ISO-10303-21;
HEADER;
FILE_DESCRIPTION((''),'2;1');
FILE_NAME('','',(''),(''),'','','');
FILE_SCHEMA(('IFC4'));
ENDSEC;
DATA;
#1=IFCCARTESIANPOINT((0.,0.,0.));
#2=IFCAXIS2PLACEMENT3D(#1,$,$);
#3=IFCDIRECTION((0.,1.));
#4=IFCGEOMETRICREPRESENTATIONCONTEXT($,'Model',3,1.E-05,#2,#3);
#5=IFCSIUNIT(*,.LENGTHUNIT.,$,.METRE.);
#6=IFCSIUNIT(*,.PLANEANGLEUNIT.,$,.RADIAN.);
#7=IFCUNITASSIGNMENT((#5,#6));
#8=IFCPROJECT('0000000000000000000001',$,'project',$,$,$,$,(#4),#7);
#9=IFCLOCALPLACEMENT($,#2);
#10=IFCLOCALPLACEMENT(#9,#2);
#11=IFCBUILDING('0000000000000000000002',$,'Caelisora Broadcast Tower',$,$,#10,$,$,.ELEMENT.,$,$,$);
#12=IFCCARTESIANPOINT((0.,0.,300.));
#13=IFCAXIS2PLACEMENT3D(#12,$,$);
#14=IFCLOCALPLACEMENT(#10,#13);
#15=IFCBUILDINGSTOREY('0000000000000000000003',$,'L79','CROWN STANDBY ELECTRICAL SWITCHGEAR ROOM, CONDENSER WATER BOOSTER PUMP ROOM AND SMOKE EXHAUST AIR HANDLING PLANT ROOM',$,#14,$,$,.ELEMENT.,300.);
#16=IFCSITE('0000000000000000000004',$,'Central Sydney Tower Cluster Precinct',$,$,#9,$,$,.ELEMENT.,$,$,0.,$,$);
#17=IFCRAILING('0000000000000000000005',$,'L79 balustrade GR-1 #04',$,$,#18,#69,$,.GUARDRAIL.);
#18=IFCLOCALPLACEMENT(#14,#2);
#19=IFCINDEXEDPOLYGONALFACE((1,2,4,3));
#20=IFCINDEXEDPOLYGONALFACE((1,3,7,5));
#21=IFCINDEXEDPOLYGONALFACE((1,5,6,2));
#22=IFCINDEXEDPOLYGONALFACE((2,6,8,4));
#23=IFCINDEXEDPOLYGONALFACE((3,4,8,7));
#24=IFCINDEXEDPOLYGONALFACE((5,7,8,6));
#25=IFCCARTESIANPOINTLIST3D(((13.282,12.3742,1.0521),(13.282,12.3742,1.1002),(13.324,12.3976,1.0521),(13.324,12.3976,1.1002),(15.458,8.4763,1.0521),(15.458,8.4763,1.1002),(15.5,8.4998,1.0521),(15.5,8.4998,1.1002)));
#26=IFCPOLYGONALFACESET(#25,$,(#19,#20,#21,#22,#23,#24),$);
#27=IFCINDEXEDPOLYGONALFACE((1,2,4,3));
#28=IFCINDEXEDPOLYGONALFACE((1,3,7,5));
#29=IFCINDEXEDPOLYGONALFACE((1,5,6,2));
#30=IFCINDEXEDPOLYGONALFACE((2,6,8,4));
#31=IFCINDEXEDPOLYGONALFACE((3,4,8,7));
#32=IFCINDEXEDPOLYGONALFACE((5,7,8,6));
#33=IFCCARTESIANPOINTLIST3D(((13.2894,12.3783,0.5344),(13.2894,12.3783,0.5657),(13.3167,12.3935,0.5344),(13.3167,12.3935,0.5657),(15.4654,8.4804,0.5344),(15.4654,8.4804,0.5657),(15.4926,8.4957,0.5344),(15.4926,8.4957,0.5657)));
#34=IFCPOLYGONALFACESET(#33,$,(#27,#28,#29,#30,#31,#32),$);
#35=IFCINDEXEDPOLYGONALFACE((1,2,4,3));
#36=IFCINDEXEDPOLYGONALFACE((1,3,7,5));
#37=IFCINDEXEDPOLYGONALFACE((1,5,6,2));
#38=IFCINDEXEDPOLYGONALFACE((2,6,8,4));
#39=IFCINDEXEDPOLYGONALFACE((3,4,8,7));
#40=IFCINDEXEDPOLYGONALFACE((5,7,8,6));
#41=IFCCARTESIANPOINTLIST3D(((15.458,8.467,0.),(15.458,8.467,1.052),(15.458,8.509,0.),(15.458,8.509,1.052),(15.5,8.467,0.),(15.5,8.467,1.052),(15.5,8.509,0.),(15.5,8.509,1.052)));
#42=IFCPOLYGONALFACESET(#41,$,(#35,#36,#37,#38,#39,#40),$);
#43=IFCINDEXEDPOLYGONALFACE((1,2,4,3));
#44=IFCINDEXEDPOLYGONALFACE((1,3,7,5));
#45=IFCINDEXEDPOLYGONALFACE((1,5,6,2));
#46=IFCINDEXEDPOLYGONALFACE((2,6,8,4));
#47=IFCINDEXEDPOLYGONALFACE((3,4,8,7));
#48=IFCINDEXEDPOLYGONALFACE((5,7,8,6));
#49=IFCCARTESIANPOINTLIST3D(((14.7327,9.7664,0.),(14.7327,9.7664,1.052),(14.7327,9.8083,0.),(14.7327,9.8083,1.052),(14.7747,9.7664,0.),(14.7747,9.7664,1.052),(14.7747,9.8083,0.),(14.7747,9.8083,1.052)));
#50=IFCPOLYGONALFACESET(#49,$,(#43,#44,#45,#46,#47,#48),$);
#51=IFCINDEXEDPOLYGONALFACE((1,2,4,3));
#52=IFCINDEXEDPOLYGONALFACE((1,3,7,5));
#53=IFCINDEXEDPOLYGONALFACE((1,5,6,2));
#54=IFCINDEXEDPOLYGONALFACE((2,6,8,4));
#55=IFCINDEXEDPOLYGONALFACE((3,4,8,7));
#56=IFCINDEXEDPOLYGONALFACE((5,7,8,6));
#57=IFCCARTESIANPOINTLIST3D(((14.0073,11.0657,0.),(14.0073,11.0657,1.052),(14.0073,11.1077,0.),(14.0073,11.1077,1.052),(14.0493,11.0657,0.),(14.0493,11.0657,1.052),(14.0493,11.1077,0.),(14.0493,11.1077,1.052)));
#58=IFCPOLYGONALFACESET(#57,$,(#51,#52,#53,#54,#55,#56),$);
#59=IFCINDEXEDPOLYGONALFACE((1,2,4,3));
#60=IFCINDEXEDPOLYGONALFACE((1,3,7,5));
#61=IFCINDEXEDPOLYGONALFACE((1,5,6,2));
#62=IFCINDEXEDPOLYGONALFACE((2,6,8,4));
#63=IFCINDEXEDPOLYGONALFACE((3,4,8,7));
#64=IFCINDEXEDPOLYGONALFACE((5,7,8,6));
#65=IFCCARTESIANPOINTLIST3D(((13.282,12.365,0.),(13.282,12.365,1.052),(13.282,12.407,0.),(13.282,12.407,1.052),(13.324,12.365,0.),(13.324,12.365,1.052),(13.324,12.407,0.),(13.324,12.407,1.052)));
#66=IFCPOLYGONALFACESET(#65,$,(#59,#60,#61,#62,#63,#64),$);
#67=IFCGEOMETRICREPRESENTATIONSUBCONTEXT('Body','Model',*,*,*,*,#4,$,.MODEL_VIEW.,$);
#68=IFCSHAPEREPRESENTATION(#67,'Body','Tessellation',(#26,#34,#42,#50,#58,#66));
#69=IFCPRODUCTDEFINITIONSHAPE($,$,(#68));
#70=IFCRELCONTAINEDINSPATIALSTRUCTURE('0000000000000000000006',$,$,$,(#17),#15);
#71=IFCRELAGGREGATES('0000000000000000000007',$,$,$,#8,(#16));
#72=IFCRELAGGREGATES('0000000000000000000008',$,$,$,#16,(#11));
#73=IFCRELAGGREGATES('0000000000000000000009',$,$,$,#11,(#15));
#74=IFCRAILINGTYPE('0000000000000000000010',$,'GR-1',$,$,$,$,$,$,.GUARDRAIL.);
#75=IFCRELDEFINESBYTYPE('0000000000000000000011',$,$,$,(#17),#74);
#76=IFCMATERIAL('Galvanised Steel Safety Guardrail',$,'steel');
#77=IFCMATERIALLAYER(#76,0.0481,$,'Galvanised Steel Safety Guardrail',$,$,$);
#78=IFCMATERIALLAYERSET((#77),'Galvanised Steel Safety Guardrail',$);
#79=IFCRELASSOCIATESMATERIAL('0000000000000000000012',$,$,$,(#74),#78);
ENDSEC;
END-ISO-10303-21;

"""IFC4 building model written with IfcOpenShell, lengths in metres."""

from ifc_helpers import new_model, si_unit, direction, frame, origin, origin_2d, place, context, subcontext, project, spatial, rectangle, extrude, material, layer, layer_set, type_object, element, save


model = new_model("IFC4")

# Units and contexts
model_context = context("Model", 3, precision=1e-05, world=origin(), true_north=direction((0.0, 1.0)))
body_context = subcontext(model_context, "Body", "Model", "MODEL_VIEW")
ifc_project = project(units=[si_unit("LENGTHUNIT", "METRE"), si_unit("PLANEANGLEUNIT", "RADIAN")], contexts=[model_context])

# Site, building, storey
site_placement = place(None, origin())
site = spatial("IfcSite", under=ifc_project, at=site_placement, Name="Central Sydney Tower Cluster Precinct", CompositionType="ELEMENT", RefElevation=0.0)
building_placement = place(site_placement, origin())
building = spatial("IfcBuilding", under=site, at=building_placement, Name="Caelisora Broadcast Tower", CompositionType="ELEMENT")
storey_placement = place(building_placement, frame((0.0, 0.0, 300.0)))
storey = spatial("IfcBuildingStorey", under=building, at=storey_placement, Name="L79", Description="CROWN STANDBY ELECTRICAL SWITCHGEAR ROOM, CONDENSER WATER BOOSTER PUMP ROOM AND SMOKE EXHAUST AIR HANDLING PLANT ROOM", CompositionType="ELEMENT", Elevation=300.0)

# Railing
ifc_material_1 = material(Name="Galvanised Steel Safety Guardrail", Category="steel")
ifc_layer_1 = layer(ifc_material_1, 0.0481, Name="Galvanised Steel Safety Guardrail")
ifc_layer_set_1 = layer_set([ifc_layer_1], Name="Galvanised Steel Safety Guardrail")
railing_type = type_object("IfcRailingType", Name="GR-1", PredefinedType="GUARDRAIL", material=ifc_layer_set_1)
railing_1_placement = place(storey_placement, frame((15.479, 8.488, 0.0)))
element("IfcRailing", 1, at=railing_1_placement, inside=storey, type_object=railing_type, Name="L79 balustrade GR-1 #04", PredefinedType="GUARDRAIL", context=body_context, shape_type="SweptSolid", body=[
    extrude(rectangle(XDim=0.0481, YDim=0.0481, at=origin_2d()), frame((0.0, 0.0, 1.0762), z_axis=(-0.487439, 0.873157, 0.0), x_axis=(-0.873157, -0.487439, 0.0)), (0.0, 0.0, 1.0), 4.4641),
    extrude(rectangle(XDim=0.0312, YDim=0.0312, at=origin_2d()), frame((0.0, 0.0, 0.55), z_axis=(-0.487439, 0.873157, 0.0), x_axis=(-0.873157, -0.487439, 0.0)), (0.0, 0.0, 1.0), 4.4641),
    extrude(rectangle(XDim=0.042, YDim=0.042, at=origin_2d()), origin(), (0.0, 0.0, 1.0), 1.052),
    extrude(rectangle(XDim=0.042, YDim=0.042, at=origin_2d()), frame((-0.7253, 1.2993, 0.0)), (0.0, 0.0, 1.0), 1.052),
    extrude(rectangle(XDim=0.042, YDim=0.042, at=origin_2d()), frame((-1.4507, 2.5986, 0.0)), (0.0, 0.0, 1.0), 1.052),
    extrude(rectangle(XDim=0.042, YDim=0.042, at=origin_2d()), frame((-2.176, 3.8979, 0.0)), (0.0, 0.0, 1.0), 1.052),
])

save(model, "model.ifc")
